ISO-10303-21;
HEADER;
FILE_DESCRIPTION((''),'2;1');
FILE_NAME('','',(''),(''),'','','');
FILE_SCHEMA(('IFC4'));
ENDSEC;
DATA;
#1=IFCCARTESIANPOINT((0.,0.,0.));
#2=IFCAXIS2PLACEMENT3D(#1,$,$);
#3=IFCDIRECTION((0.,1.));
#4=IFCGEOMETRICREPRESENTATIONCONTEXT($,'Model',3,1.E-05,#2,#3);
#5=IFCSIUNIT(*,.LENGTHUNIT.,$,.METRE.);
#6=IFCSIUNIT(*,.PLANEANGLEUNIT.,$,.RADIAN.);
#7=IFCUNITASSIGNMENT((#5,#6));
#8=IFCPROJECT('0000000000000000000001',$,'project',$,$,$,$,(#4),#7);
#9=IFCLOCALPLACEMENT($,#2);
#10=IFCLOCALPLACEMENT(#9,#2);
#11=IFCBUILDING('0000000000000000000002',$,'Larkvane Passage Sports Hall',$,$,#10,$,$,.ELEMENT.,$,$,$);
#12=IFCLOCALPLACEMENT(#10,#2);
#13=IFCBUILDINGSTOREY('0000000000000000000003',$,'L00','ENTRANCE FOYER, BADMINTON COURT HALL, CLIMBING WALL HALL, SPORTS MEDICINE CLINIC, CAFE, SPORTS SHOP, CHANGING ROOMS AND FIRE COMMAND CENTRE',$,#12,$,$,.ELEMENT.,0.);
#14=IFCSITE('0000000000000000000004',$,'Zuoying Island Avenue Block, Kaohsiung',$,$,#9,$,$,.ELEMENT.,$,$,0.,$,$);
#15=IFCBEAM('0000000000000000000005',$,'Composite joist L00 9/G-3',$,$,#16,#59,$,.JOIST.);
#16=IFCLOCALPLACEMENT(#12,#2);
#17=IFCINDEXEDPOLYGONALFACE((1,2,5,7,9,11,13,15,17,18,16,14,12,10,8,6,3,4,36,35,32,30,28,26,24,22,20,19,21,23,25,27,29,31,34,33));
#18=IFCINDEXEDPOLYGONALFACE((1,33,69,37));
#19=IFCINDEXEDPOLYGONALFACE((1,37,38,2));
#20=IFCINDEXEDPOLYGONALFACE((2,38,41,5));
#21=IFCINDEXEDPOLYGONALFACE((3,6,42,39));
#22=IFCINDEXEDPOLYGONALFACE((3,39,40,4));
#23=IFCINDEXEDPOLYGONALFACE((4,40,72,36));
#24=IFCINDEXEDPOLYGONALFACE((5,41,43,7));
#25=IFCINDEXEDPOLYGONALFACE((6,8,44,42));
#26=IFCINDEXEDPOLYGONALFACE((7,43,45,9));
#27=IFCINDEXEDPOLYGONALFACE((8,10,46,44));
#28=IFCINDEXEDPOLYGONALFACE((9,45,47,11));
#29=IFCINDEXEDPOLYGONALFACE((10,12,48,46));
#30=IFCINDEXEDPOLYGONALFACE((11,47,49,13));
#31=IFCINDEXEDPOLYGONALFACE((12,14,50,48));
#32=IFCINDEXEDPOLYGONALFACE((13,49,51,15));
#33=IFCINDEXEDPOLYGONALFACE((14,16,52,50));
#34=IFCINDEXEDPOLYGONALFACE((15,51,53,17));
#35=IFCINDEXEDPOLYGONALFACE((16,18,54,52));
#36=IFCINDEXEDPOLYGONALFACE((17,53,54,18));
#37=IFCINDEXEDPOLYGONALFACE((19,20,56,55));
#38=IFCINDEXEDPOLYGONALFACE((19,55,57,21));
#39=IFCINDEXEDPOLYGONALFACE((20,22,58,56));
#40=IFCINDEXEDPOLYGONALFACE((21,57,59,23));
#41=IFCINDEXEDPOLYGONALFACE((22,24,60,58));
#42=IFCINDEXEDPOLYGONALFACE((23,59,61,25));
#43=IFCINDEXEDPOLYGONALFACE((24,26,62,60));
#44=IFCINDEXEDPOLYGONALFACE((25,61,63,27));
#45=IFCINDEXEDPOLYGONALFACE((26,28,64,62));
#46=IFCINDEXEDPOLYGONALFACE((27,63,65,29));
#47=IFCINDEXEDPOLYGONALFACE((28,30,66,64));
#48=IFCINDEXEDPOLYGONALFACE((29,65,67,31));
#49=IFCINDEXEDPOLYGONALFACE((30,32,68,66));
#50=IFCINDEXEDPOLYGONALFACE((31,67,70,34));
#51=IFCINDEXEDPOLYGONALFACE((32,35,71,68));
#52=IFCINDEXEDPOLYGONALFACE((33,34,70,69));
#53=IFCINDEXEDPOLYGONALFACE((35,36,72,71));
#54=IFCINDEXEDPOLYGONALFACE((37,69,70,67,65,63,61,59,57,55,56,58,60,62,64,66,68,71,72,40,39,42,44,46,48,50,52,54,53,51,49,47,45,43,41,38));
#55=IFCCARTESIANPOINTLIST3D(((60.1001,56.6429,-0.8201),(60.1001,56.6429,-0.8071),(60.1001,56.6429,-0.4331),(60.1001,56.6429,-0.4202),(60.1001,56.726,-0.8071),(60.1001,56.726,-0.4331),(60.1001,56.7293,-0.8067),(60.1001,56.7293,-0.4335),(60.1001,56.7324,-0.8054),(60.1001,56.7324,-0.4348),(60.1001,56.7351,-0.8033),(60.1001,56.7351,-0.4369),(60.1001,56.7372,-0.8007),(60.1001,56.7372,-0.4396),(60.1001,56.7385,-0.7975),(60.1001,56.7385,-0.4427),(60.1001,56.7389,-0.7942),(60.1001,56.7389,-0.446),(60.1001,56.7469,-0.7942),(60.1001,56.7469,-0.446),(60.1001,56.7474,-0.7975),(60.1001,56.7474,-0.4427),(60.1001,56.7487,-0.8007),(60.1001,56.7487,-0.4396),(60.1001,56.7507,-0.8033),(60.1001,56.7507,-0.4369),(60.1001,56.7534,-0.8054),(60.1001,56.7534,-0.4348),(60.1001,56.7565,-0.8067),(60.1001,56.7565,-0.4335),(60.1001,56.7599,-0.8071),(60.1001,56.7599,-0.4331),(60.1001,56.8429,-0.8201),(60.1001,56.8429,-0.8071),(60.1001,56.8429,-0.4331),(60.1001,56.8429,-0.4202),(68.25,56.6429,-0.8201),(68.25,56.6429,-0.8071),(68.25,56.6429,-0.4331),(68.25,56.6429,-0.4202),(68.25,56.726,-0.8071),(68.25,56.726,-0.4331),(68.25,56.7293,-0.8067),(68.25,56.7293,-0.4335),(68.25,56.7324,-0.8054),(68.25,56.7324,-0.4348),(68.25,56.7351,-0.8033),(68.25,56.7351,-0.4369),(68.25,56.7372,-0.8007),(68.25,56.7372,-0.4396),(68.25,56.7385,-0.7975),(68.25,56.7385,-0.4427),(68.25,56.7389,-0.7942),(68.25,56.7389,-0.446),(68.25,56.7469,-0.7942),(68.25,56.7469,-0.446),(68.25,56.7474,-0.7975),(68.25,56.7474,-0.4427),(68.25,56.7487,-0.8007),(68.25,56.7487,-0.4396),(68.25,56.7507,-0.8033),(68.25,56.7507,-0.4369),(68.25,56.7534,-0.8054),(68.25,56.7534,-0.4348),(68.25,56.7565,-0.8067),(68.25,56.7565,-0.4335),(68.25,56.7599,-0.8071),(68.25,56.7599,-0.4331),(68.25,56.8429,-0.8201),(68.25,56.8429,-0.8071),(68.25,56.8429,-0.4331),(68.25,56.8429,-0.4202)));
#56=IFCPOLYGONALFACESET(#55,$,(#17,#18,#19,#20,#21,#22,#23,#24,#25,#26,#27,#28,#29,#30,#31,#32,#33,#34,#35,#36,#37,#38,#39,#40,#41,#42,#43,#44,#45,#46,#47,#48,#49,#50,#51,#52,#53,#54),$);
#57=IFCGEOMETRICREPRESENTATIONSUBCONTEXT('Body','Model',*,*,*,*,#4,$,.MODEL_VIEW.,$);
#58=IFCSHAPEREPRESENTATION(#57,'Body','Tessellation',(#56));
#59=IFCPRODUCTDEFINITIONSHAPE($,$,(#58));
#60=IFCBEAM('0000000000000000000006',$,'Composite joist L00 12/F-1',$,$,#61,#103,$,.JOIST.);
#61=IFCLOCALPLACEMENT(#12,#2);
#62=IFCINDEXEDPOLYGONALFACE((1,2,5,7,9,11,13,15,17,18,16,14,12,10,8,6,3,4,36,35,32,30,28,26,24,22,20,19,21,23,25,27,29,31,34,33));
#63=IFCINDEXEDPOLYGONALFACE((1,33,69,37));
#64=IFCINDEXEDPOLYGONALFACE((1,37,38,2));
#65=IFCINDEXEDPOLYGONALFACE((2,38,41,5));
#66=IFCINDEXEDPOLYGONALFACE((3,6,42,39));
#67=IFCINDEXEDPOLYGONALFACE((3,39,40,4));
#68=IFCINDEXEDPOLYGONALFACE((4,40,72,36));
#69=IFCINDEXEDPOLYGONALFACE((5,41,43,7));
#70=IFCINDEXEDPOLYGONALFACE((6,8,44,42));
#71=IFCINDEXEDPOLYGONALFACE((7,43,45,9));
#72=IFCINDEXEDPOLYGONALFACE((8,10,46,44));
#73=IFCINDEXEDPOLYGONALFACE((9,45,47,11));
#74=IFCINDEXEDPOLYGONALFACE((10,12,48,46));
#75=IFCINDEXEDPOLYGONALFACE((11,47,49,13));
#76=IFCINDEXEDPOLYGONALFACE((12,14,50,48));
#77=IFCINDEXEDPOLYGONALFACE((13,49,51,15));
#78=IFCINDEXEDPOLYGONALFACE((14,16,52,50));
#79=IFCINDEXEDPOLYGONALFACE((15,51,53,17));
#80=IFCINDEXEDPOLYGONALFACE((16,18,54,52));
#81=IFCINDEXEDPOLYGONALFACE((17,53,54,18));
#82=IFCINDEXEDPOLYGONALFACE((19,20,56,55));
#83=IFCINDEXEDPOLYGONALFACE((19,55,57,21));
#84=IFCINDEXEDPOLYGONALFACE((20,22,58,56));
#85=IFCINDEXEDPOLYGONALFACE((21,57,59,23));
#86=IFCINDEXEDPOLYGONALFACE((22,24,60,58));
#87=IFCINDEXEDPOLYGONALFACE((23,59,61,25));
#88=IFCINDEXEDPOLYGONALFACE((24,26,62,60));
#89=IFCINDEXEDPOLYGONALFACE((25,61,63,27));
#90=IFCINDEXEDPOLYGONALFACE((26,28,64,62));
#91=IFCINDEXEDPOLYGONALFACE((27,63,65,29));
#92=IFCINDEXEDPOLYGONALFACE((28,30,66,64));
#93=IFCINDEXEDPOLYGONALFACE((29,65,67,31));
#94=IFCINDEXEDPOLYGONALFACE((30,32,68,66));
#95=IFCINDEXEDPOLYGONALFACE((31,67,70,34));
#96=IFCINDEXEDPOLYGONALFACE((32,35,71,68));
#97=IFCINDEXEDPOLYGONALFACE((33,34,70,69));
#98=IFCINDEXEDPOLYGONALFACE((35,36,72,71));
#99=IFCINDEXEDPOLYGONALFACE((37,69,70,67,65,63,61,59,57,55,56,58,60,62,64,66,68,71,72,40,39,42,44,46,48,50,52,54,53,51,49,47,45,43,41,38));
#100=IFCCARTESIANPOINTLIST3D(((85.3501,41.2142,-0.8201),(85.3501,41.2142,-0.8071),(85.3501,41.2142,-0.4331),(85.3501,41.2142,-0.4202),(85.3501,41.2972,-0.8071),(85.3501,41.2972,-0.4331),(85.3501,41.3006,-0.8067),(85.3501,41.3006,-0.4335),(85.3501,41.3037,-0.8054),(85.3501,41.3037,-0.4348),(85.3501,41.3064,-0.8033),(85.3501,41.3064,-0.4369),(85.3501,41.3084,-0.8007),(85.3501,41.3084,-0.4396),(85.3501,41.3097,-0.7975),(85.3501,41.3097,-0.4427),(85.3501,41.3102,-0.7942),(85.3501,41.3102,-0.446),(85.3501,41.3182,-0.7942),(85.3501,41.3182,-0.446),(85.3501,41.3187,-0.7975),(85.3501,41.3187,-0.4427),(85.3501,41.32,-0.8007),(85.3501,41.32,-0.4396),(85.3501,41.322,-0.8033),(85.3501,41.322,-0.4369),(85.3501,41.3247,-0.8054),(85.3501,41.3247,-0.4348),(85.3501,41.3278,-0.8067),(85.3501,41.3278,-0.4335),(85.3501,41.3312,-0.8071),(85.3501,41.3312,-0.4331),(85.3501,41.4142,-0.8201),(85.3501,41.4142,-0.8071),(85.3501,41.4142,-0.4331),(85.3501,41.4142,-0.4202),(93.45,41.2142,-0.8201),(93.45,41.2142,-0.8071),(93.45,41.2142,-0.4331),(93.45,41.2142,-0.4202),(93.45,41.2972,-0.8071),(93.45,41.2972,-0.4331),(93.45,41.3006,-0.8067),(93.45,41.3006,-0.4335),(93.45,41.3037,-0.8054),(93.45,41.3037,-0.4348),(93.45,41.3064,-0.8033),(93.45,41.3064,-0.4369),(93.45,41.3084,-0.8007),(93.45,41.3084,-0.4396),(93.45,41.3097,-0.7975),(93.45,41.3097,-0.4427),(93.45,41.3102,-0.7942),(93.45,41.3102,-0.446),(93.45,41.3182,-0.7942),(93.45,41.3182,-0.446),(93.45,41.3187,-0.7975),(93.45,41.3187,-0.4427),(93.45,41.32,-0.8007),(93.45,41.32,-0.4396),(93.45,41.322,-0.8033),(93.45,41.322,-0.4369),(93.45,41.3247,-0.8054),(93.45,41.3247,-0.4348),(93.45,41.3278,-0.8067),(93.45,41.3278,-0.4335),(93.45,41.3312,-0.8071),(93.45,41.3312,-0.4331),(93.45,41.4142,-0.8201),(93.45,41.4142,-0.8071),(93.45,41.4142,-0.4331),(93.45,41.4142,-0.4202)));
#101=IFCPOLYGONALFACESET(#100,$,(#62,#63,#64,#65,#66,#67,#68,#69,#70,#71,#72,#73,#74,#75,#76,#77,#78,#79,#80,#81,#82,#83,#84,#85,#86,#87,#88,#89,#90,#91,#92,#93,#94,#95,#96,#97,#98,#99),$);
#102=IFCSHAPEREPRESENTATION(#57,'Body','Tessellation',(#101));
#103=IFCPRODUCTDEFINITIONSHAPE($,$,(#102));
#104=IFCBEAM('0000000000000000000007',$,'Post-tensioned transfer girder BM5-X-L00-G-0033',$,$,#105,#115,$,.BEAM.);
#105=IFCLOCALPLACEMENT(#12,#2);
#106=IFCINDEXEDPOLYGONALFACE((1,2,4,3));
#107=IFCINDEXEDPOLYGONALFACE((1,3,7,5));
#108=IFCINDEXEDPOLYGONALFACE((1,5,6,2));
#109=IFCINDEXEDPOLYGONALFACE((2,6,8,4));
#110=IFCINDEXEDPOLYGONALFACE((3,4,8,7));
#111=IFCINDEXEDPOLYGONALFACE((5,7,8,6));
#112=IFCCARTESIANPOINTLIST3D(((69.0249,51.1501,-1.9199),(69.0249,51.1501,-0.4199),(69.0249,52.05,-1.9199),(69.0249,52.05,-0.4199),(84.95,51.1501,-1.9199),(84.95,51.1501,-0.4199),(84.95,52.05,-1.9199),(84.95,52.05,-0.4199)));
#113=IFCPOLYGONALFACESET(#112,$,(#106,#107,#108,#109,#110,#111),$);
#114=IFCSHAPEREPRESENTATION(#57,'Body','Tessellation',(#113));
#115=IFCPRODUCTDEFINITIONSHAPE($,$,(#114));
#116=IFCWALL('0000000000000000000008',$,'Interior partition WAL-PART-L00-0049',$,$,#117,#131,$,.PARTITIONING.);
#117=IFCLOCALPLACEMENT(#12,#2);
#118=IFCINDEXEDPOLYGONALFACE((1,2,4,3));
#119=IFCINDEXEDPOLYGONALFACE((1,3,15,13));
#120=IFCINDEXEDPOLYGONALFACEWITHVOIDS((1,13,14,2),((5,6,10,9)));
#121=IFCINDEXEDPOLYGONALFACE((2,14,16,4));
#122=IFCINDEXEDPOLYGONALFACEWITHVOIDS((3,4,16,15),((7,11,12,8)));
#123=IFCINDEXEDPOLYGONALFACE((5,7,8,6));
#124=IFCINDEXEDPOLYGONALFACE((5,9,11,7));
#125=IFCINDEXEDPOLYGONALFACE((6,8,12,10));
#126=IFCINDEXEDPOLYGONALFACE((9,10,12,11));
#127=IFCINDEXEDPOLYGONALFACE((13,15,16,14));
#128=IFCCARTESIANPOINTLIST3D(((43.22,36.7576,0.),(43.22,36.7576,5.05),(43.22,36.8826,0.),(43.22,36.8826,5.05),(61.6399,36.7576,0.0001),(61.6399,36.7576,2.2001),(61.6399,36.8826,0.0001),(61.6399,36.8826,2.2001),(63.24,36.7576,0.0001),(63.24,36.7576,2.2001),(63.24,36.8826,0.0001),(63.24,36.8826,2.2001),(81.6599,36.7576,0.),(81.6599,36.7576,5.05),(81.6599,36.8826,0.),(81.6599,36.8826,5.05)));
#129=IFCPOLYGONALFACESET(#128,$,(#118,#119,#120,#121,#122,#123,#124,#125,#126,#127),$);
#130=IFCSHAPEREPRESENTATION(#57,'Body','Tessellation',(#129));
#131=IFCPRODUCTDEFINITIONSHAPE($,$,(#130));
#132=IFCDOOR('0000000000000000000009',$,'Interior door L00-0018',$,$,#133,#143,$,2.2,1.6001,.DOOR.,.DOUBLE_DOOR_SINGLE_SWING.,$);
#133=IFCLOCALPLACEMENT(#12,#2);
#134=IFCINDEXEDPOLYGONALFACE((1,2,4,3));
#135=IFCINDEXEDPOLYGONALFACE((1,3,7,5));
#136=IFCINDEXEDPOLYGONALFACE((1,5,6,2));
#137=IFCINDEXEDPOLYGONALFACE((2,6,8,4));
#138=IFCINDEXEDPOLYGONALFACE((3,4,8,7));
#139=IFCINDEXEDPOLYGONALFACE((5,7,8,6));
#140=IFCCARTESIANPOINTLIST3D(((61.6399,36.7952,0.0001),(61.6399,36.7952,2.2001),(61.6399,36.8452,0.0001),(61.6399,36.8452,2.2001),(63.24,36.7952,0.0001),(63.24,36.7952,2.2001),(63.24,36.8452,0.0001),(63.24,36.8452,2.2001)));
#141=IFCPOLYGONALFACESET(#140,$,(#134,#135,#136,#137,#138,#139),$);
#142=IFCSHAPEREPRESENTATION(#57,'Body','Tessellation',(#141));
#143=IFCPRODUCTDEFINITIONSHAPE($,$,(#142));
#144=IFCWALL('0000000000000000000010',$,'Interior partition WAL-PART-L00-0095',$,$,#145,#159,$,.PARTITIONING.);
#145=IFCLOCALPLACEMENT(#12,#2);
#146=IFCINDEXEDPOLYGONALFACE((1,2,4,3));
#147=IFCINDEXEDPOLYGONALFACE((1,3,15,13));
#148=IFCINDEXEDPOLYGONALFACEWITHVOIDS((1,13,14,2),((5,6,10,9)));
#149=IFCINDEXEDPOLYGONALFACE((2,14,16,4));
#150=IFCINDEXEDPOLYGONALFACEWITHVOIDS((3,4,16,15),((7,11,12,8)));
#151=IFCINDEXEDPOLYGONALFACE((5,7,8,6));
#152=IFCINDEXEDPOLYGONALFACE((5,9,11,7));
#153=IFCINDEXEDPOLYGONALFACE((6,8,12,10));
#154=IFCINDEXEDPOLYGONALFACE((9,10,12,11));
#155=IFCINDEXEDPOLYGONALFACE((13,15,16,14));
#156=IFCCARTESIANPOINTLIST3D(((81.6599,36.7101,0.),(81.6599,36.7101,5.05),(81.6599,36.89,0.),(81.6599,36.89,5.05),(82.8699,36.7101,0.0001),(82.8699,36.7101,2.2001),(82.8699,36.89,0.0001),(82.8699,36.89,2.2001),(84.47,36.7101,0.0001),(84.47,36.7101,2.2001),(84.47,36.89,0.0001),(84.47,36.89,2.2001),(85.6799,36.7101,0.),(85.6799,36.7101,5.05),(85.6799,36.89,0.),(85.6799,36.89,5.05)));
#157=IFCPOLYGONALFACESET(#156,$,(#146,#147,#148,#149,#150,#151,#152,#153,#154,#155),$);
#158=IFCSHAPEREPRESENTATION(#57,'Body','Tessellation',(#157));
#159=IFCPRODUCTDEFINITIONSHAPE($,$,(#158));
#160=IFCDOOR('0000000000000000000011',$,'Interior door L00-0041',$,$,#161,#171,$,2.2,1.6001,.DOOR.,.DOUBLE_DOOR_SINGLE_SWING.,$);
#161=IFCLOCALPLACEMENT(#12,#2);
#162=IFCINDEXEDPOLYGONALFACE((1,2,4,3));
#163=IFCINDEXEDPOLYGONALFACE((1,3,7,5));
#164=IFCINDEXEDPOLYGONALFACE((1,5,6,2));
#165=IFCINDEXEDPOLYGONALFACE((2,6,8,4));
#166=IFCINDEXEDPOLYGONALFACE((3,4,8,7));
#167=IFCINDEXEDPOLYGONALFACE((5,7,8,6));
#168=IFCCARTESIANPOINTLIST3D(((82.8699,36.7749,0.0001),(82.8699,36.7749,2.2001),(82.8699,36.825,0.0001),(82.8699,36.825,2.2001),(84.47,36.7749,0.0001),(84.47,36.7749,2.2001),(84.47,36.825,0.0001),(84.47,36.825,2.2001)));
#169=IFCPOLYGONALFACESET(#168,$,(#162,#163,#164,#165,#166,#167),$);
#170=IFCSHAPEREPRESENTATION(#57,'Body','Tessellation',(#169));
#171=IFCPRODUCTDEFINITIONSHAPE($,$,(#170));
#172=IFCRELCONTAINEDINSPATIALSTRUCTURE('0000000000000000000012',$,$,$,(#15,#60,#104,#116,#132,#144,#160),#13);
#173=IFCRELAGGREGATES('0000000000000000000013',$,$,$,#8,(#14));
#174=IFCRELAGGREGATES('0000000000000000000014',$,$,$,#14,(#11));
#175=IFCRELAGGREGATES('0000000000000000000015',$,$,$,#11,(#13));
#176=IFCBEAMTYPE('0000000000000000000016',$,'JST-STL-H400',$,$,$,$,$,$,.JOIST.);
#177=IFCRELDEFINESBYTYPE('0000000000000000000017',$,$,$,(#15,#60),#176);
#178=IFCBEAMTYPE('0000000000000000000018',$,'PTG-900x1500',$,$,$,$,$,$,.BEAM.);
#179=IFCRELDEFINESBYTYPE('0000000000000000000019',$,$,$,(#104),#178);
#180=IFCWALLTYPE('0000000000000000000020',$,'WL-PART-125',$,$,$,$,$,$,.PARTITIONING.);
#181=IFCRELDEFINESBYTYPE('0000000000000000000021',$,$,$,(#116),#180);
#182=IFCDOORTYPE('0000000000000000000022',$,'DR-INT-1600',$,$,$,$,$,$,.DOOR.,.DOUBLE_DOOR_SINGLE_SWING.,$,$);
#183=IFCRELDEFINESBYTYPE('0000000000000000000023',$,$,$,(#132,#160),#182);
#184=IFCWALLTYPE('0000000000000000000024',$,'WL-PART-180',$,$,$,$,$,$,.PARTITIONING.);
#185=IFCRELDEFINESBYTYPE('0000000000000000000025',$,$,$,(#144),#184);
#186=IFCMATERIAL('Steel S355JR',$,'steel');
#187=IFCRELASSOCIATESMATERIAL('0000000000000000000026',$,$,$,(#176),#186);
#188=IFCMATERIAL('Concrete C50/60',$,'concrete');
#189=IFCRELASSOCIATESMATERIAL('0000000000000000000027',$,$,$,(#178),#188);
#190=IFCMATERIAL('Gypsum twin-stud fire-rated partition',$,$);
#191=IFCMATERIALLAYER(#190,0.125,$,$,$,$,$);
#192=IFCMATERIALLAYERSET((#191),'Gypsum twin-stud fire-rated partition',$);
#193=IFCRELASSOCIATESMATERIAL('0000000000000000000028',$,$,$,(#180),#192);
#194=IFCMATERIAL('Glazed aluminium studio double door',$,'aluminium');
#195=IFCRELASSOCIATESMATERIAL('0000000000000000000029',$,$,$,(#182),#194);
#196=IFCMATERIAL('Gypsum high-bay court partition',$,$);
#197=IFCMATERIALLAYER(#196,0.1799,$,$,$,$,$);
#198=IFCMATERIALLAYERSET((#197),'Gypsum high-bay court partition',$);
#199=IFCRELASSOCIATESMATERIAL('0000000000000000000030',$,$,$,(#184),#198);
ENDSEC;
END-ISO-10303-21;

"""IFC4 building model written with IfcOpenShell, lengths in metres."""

from ifc_helpers import new_model, si_unit, direction, frame, frame_2d, origin, origin_2d, place, context, subcontext, project, spatial, rectangle, i_section, extrude, material, layer, layer_set, material_profile, profile_set, type_object, element, fill, save


model = new_model("IFC4")

# Units and contexts
model_context = context("Model", 3, precision=1e-05, world=origin(), true_north=direction((0.0, 1.0)))
body_context = subcontext(model_context, "Body", "Model", "MODEL_VIEW")
ifc_project = project(units=[si_unit("LENGTHUNIT", "METRE"), si_unit("PLANEANGLEUNIT", "RADIAN")], contexts=[model_context])

# Site, building, storey
site_placement = place(None, origin())
site = spatial("IfcSite", under=ifc_project, at=site_placement, Name="Zuoying Island Avenue Block, Kaohsiung", CompositionType="ELEMENT", RefElevation=0.0)
building_placement = place(site_placement, origin())
building = spatial("IfcBuilding", under=site, at=building_placement, Name="Larkvane Passage Sports Hall", CompositionType="ELEMENT")
storey_placement = place(building_placement, origin())
storey = spatial("IfcBuildingStorey", under=building, at=storey_placement, Name="L00", Description="ENTRANCE FOYER, BADMINTON COURT HALL, CLIMBING WALL HALL, SPORTS MEDICINE CLINIC, CAFE, SPORTS SHOP, CHANGING ROOMS AND FIRE COMMAND CENTRE", CompositionType="ELEMENT", Elevation=0.0)

# Shared definitions
ifc_material_1 = material(Name="Concrete C50/60", Category="concrete")

# Beams
ifc_material_2 = material(Name="Steel S355JR", Category="steel")
ifc_material_profile_1 = material_profile(ifc_material_2, i_section(OverallWidth=0.2, OverallDepth=0.3999, WebThickness=0.0081, FlangeThickness=0.0129, FilletRadius=0.0129, at=origin_2d()), Name="H-400x200x8x13")
ifc_profile_set_1 = profile_set([ifc_material_profile_1], Name="Steel S355JR")
beam_type_1 = type_object("IfcBeamType", Name="JST-STL-H400", PredefinedType="JOIST", material=ifc_profile_set_1)
beam_1_placement = place(storey_placement, frame((60.1001, 56.7429, -0.6201), z_axis=(1.0, 0.0, 0.0), x_axis=(0.0, 1.0, 0.0)))
element("IfcBeam", 1, at=beam_1_placement, inside=storey, type_object=beam_type_1, Name="Composite joist L00 9/G-3", PredefinedType="JOIST", context=body_context, shape_type="SweptSolid", body=[
    extrude(i_section(OverallWidth=0.2, OverallDepth=0.3999, WebThickness=0.0081, FlangeThickness=0.0129, FilletRadius=0.0129, at=origin_2d()), origin(), (0.0, 0.0, 1.0), 8.1499),
])
beam_2_placement = place(storey_placement, frame((85.3501, 41.3142, -0.6201), z_axis=(1.0, 0.0, 0.0), x_axis=(0.0, 1.0, 0.0)))
element("IfcBeam", 2, at=beam_2_placement, inside=storey, type_object=beam_type_1, Name="Composite joist L00 12/F-1", PredefinedType="JOIST", context=body_context, shape_type="SweptSolid", body=[
    extrude(i_section(OverallWidth=0.2, OverallDepth=0.3999, WebThickness=0.0081, FlangeThickness=0.0129, FilletRadius=0.0129, at=origin_2d()), origin(), (0.0, 0.0, 1.0), 8.0999),
])
ifc_material_profile_2 = material_profile(ifc_material_1, rectangle(XDim=0.8999, YDim=1.5, at=origin_2d()), Name="PT-GIR-900x1500")
ifc_profile_set_2 = profile_set([ifc_material_profile_2], Name="Concrete C50/60")
beam_type_2 = type_object("IfcBeamType", Name="PTG-900x1500", PredefinedType="BEAM", material=ifc_profile_set_2)
beam_3_placement = place(storey_placement, frame((69.0249, 51.6001, -1.1699), z_axis=(1.0, 0.0, 0.0), x_axis=(0.0, 1.0, 0.0)))
element("IfcBeam", 3, at=beam_3_placement, inside=storey, type_object=beam_type_2, Name="Post-tensioned transfer girder BM5-X-L00-G-0033", PredefinedType="BEAM", context=body_context, shape_type="SweptSolid", body=[
    extrude(rectangle(XDim=0.8999, YDim=1.5, at=origin_2d()), origin(), (0.0, 0.0, 1.0), 15.925),
])

# Walls, openings, doors
ifc_material_3 = material(Name="Gypsum twin-stud fire-rated partition")
ifc_layer_1 = layer(ifc_material_3, 0.125)
ifc_layer_set_1 = layer_set([ifc_layer_1], Name="Gypsum twin-stud fire-rated partition")
wall_type_1 = type_object("IfcWallType", Name="WL-PART-125", PredefinedType="PARTITIONING", material=ifc_layer_set_1)
wall_1_placement = place(storey_placement, frame((81.6599, 36.8201, 0.0), z_axis=(0.0, 0.0, 1.0), x_axis=(-1.0, 0.0, 0.0)))
wall_1 = element("IfcWall", 4, at=wall_1_placement, inside=storey, type_object=wall_type_1, Name="Interior partition WAL-PART-L00-0049", PredefinedType="PARTITIONING", context=body_context, shape_type="SweptSolid", body=[
    extrude(rectangle(XDim=38.4399, YDim=0.125, at=frame_2d((19.22, 0.0))), origin(), (0.0, 0.0, 1.0), 5.05),
])
opening_1_placement = place(wall_1_placement, frame((18.4199, 0.0, 0.0)))
opening_1 = element("IfcOpeningElement", 5, at=opening_1_placement, cuts=wall_1, PredefinedType="OPENING", context=body_context, shape_type="SweptSolid", body=[
    extrude(rectangle(XDim=1.6001, YDim=2.2, at=frame_2d((0.8, 1.1001))), frame((0.0, 0.0725, 0.0), z_axis=(0.0, -1.0, 0.0), x_axis=(1.0, 0.0, 0.0)), (0.0, 0.0, 1.0), 0.145),
])
ifc_material_4 = material(Name="Glazed aluminium studio double door", Category="aluminium")
door_type = type_object("IfcDoorType", Name="DR-INT-1600", OperationType="DOUBLE_DOOR_SINGLE_SWING", PredefinedType="DOOR", material=ifc_material_4)
door_1_placement = place(opening_1_placement, origin())
door_1 = element("IfcDoor", 6, at=door_1_placement, inside=storey, type_object=door_type, Name="Interior door L00-0018", OperationType="DOUBLE_DOOR_SINGLE_SWING", OverallHeight=2.2, OverallWidth=1.6001, PredefinedType="DOOR", context=body_context, shape_type="SweptSolid", body=[
    extrude(rectangle(XDim=1.6001, YDim=2.2, at=frame_2d((0.8, 1.1001))), frame((0.0, 0.0249, 0.0), z_axis=(0.0, -1.0, 0.0), x_axis=(1.0, 0.0, 0.0)), (0.0, 0.0, 1.0), 0.05),
])
fill(opening_1, door_1)
ifc_material_5 = material(Name="Gypsum high-bay court partition")
ifc_layer_2 = layer(ifc_material_5, 0.1799)
ifc_layer_set_2 = layer_set([ifc_layer_2], Name="Gypsum high-bay court partition")
wall_type_2 = type_object("IfcWallType", Name="WL-PART-180", PredefinedType="PARTITIONING", material=ifc_layer_set_2)
wall_2_placement = place(storey_placement, frame((81.6599, 36.8, 0.0), z_axis=(0.0, 0.0, 1.0), x_axis=(1.0, 0.0, 0.0)))
wall_2 = element("IfcWall", 7, at=wall_2_placement, inside=storey, type_object=wall_type_2, Name="Interior partition WAL-PART-L00-0095", PredefinedType="PARTITIONING", context=body_context, shape_type="SweptSolid", body=[
    extrude(rectangle(XDim=4.02, YDim=0.1799, at=frame_2d((2.01, 0.0))), origin(), (0.0, 0.0, 1.0), 5.05),
])
opening_2_placement = place(wall_2_placement, frame((1.21, 0.0, 0.0)))
opening_2 = element("IfcOpeningElement", 8, at=opening_2_placement, cuts=wall_2, PredefinedType="OPENING", context=body_context, shape_type="SweptSolid", body=[
    extrude(rectangle(XDim=1.6001, YDim=2.2, at=frame_2d((0.8, 1.1001))), frame((0.0, 0.0999, 0.0), z_axis=(0.0, -1.0, 0.0), x_axis=(1.0, 0.0, 0.0)), (0.0, 0.0, 1.0), 0.2),
])
door_2_placement = place(opening_2_placement, origin())
door_2 = element("IfcDoor", 9, at=door_2_placement, inside=storey, type_object=door_type, Name="Interior door L00-0041", OperationType="DOUBLE_DOOR_SINGLE_SWING", OverallHeight=2.2, OverallWidth=1.6001, PredefinedType="DOOR", context=body_context, shape_type="SweptSolid", body=[
    extrude(rectangle(XDim=1.6001, YDim=2.2, at=frame_2d((0.8, 1.1001))), frame((0.0, 0.0249, 0.0), z_axis=(0.0, -1.0, 0.0), x_axis=(1.0, 0.0, 0.0)), (0.0, 0.0, 1.0), 0.05),
])
fill(opening_2, door_2)

save(model, "model.ifc")
